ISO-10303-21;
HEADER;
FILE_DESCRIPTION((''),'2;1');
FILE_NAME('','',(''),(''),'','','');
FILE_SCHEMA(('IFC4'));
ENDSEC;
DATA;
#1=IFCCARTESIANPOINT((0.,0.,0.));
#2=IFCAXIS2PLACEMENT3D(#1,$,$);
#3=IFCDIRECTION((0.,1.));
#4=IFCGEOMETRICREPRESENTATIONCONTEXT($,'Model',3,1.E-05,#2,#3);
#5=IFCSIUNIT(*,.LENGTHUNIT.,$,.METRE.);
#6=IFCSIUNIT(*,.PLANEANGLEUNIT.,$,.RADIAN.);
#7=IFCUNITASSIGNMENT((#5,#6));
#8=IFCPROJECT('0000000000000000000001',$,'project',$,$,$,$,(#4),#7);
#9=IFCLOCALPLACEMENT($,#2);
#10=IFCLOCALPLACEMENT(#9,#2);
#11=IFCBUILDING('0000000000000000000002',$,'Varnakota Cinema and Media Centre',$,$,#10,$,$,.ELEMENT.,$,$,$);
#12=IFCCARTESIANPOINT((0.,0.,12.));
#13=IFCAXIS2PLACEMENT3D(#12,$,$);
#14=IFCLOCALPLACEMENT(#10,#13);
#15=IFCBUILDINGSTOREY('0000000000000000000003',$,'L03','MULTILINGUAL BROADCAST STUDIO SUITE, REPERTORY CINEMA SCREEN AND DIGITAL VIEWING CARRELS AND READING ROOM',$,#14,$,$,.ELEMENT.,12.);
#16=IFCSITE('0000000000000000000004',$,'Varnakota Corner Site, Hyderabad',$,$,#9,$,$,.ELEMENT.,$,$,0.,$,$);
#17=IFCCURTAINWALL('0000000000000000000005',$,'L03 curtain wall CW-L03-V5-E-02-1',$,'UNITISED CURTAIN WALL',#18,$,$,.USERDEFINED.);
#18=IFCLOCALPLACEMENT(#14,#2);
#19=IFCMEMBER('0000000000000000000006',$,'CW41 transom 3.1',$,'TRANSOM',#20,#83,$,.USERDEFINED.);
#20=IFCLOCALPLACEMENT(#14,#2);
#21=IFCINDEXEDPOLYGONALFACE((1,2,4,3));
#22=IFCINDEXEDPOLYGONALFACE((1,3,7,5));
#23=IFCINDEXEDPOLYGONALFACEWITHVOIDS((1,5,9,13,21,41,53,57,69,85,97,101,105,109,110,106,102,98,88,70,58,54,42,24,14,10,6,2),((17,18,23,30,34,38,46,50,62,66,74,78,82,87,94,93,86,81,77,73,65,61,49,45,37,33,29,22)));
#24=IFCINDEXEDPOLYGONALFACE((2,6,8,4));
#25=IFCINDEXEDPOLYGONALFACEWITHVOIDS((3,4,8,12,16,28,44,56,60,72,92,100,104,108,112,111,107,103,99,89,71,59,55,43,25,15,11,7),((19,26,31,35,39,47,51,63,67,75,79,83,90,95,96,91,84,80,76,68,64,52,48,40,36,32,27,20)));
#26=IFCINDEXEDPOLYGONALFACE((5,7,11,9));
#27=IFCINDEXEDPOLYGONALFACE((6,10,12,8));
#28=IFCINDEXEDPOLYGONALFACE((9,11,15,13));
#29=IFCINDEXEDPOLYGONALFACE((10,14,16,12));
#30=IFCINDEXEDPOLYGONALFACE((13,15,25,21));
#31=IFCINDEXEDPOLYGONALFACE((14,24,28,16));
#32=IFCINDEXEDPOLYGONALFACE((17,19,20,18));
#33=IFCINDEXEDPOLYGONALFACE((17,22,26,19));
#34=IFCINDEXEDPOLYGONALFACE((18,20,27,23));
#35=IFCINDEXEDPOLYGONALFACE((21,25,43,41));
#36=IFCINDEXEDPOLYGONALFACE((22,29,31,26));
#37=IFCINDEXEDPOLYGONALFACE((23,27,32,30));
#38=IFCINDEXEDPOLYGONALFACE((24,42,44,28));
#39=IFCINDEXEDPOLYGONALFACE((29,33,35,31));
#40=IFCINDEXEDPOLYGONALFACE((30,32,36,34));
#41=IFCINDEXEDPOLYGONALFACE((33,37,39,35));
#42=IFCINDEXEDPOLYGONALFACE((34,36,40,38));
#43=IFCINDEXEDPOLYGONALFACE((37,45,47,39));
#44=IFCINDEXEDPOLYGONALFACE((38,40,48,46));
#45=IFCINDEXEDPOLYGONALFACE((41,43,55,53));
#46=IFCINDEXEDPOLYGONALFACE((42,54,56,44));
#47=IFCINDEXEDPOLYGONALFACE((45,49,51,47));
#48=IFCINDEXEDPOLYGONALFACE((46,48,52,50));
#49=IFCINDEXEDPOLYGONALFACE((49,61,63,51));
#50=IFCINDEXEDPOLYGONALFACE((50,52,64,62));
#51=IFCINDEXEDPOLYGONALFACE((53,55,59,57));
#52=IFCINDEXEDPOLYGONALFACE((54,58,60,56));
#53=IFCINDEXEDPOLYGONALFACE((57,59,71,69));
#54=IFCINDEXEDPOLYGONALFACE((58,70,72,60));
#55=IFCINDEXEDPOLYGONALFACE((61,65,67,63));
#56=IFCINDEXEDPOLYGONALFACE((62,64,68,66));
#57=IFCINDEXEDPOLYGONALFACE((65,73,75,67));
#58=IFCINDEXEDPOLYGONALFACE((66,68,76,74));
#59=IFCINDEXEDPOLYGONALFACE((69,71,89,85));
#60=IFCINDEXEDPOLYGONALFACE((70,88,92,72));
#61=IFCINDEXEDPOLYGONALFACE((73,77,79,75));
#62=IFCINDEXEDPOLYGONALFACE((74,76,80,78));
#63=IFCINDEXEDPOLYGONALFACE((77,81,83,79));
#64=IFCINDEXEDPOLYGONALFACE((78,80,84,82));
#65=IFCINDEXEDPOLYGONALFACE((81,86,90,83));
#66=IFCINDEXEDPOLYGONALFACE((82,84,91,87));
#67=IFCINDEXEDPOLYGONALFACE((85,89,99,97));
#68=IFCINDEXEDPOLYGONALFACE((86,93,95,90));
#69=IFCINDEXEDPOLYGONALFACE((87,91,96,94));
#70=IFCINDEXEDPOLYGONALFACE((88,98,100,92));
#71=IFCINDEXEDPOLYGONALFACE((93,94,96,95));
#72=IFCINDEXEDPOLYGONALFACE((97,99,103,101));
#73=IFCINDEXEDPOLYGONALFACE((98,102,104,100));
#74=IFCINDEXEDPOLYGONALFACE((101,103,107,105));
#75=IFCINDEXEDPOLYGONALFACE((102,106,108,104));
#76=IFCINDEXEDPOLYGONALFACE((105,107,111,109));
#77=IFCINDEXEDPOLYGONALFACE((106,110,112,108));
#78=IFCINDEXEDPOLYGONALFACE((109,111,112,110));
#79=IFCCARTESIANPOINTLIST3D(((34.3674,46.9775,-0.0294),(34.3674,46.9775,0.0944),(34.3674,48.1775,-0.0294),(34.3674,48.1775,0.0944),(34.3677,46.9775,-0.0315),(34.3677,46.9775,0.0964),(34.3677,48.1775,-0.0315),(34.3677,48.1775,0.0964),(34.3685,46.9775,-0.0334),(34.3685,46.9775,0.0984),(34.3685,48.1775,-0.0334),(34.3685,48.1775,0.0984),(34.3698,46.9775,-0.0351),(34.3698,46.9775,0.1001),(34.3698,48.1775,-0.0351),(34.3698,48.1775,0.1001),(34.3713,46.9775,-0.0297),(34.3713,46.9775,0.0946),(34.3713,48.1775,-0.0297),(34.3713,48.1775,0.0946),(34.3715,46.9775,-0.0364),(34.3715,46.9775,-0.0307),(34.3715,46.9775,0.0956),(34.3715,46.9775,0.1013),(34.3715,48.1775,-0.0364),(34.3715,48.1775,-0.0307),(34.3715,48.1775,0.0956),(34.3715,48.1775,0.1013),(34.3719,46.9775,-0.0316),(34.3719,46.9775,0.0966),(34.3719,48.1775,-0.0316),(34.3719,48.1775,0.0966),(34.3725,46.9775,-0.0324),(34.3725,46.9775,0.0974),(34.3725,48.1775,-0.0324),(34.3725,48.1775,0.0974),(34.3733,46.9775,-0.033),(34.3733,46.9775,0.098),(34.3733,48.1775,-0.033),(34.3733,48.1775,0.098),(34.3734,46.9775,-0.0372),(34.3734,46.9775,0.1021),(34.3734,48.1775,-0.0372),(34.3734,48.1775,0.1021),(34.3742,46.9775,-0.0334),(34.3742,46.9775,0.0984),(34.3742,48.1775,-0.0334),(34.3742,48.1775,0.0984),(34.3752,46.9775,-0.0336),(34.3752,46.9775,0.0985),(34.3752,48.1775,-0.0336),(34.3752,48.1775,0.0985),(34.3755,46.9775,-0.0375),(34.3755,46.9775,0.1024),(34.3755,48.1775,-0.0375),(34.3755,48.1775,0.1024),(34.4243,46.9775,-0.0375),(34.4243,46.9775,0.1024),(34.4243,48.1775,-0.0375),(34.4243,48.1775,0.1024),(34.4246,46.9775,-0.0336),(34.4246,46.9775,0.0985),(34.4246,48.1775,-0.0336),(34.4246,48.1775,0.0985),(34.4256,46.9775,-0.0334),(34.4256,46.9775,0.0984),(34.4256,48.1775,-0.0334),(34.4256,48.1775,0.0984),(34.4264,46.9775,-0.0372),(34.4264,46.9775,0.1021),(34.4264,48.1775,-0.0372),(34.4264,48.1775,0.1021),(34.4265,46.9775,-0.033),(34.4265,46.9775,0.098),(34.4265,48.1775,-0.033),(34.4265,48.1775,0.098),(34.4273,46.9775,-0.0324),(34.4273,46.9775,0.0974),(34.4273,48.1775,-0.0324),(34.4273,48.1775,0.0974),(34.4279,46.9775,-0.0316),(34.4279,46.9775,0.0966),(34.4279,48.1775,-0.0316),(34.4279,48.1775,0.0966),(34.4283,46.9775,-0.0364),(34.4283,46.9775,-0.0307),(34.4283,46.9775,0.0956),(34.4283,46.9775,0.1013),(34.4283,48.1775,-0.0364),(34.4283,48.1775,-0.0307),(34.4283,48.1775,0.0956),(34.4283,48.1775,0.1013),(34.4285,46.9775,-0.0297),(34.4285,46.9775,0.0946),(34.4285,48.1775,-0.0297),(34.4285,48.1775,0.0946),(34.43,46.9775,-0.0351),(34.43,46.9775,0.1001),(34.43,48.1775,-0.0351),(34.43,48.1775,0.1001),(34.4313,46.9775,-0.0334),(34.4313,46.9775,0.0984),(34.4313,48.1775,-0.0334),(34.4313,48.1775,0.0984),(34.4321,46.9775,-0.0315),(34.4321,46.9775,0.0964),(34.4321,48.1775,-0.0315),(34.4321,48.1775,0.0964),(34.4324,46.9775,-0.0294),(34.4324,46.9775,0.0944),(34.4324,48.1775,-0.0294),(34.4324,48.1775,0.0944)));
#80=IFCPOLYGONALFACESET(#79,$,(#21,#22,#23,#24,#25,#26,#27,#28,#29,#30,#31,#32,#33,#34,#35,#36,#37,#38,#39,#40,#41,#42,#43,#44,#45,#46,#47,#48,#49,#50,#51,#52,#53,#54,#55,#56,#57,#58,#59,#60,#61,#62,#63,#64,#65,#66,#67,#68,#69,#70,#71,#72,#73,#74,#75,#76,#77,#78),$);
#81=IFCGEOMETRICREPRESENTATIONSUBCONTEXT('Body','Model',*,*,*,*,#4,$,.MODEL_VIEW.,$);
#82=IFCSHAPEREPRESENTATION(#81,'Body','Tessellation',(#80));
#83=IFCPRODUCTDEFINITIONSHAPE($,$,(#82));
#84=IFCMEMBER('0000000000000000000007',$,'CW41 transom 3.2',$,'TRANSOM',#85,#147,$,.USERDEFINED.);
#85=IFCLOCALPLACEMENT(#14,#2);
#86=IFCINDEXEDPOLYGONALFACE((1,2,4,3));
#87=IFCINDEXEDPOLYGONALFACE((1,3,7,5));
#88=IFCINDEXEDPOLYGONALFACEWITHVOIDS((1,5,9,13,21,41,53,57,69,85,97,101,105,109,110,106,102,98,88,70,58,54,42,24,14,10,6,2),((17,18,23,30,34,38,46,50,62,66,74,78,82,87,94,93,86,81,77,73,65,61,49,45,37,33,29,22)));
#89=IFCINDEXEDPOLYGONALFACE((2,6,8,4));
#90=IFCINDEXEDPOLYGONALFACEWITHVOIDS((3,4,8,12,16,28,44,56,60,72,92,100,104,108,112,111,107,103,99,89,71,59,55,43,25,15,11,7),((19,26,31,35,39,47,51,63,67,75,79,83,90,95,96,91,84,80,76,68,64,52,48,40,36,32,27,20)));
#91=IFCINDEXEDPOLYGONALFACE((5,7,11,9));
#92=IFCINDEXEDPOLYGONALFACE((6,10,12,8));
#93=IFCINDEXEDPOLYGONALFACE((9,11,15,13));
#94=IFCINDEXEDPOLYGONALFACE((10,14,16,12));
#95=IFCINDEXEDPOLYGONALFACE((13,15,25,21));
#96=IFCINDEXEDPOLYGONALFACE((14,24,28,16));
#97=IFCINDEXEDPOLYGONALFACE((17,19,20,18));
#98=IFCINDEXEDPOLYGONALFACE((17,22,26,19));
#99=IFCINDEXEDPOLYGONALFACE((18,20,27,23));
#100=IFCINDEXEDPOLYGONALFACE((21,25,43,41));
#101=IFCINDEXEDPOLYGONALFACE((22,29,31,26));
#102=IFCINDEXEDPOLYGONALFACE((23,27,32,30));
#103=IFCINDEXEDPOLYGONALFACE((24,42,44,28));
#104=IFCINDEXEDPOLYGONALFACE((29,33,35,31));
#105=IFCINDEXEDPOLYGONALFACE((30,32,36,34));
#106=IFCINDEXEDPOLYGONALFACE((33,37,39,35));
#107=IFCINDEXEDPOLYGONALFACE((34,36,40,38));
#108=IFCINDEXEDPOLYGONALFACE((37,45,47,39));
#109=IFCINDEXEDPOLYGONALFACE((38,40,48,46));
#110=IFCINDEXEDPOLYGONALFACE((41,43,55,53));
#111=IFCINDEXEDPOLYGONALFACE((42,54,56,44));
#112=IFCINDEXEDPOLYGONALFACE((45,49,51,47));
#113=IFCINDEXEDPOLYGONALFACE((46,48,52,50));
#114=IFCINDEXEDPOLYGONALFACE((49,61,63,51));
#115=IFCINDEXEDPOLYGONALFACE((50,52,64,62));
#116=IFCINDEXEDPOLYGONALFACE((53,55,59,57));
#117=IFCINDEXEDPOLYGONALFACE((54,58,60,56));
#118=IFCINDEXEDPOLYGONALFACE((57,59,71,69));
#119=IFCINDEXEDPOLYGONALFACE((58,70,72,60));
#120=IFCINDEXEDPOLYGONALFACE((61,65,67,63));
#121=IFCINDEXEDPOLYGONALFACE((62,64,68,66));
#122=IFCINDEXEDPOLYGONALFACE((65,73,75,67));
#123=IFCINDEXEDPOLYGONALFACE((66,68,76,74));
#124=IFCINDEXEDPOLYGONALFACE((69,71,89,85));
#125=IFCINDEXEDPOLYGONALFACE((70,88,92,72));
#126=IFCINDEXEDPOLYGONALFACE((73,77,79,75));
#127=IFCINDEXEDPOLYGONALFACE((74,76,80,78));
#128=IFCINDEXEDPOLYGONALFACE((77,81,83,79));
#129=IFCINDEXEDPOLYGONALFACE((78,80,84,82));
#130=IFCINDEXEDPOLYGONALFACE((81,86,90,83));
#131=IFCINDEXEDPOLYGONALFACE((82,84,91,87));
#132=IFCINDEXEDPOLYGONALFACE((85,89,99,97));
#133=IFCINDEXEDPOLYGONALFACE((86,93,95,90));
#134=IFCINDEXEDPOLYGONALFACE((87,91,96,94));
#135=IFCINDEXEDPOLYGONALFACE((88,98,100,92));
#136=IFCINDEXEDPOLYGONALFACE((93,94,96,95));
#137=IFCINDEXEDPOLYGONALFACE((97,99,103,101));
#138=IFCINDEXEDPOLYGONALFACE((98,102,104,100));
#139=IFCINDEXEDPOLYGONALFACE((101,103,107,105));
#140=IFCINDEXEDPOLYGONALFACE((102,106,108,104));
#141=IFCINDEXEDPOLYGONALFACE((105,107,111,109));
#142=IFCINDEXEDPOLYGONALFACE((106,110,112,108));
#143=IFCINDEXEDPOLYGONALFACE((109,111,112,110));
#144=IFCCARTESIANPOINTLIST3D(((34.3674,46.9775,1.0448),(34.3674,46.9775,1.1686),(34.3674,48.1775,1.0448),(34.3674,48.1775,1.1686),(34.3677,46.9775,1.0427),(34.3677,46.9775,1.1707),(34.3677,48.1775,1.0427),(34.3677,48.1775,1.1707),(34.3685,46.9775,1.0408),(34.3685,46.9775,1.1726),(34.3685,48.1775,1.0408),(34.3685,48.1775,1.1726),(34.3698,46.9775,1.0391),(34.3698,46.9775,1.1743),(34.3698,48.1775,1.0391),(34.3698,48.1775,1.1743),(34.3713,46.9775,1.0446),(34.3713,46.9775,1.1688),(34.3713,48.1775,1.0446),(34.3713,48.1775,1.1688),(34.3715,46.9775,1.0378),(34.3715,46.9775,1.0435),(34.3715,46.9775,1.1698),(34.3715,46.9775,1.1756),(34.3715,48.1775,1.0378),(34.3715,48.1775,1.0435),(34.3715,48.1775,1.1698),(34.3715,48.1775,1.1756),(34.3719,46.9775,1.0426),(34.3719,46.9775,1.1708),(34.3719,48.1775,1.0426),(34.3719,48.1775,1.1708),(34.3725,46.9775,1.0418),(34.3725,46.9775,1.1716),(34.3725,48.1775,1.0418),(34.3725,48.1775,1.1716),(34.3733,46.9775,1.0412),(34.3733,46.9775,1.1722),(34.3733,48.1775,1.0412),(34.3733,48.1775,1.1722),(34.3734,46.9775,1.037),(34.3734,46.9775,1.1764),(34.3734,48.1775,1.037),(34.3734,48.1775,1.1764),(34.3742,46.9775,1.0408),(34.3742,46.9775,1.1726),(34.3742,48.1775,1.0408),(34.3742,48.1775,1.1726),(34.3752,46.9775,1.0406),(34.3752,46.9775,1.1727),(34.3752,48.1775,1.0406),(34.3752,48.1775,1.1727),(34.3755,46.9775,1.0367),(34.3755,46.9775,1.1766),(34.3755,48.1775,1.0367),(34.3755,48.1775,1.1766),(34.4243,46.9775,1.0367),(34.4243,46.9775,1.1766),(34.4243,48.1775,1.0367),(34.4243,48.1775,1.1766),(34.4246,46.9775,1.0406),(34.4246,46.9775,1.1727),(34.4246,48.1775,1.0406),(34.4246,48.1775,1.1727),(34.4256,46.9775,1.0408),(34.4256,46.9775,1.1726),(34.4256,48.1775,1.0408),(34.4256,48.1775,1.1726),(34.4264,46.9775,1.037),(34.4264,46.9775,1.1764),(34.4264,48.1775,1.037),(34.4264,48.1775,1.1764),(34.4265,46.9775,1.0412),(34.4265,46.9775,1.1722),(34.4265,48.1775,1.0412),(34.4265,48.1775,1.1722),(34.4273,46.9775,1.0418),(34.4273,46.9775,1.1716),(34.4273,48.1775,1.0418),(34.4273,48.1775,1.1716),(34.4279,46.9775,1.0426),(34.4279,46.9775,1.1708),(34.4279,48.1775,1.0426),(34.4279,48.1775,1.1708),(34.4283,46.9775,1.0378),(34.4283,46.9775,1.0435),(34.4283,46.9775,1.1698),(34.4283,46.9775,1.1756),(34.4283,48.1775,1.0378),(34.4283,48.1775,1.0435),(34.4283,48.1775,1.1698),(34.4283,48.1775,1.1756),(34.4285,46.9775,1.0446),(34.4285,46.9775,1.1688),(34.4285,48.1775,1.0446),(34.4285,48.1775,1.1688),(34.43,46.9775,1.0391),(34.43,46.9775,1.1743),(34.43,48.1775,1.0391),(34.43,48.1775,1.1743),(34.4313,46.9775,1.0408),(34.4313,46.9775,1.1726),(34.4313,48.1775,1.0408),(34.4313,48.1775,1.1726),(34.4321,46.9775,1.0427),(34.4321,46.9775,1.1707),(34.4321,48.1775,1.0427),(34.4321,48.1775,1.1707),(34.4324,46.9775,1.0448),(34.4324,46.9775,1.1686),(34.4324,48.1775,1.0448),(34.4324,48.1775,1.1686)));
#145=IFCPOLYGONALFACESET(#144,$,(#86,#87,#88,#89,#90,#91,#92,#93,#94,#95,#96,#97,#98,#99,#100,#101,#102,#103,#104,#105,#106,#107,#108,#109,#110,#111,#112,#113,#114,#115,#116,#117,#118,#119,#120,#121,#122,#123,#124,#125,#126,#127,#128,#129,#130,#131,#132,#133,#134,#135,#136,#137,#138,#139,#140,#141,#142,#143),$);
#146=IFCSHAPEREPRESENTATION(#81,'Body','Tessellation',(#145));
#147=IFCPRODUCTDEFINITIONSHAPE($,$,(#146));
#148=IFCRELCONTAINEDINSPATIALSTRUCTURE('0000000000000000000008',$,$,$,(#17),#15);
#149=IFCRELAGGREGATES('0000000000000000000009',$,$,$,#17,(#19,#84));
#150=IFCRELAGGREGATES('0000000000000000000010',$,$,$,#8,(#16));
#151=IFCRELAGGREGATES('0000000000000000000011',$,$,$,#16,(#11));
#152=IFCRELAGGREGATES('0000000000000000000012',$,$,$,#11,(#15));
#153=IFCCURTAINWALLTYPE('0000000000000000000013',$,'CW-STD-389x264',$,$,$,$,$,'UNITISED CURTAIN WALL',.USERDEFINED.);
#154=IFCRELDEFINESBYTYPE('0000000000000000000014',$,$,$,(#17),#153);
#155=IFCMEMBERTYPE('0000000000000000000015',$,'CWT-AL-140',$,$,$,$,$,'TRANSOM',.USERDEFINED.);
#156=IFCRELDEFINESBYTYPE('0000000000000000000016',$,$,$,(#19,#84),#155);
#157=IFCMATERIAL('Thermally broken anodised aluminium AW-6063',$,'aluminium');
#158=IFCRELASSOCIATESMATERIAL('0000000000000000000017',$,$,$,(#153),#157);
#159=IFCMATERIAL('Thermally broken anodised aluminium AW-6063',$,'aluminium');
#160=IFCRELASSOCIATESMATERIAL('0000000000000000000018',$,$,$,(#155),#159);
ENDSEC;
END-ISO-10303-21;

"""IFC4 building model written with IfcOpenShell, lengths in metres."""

from ifc_helpers import new_model, si_unit, direction, frame, origin, origin_2d, place, context, subcontext, project, spatial, hollow_rectangle, extrude, material, material_profile, profile_set, type_object, element, aggregate, save


model = new_model("IFC4")

# Units and contexts
model_context = context("Model", 3, precision=1e-05, world=origin(), true_north=direction((0.0, 1.0)))
body_context = subcontext(model_context, "Body", "Model", "MODEL_VIEW")
ifc_project = project(units=[si_unit("LENGTHUNIT", "METRE"), si_unit("PLANEANGLEUNIT", "RADIAN")], contexts=[model_context])

# Site, building, storey
site_placement = place(None, origin())
site = spatial("IfcSite", under=ifc_project, at=site_placement, Name="Varnakota Corner Site, Hyderabad", CompositionType="ELEMENT", RefElevation=0.0)
building_placement = place(site_placement, origin())
building = spatial("IfcBuilding", under=site, at=building_placement, Name="Varnakota Cinema and Media Centre", CompositionType="ELEMENT")
storey_placement = place(building_placement, frame((0.0, 0.0, 12.0)))
storey = spatial("IfcBuildingStorey", under=building, at=storey_placement, Name="L03", Description="MULTILINGUAL BROADCAST STUDIO SUITE, REPERTORY CINEMA SCREEN AND DIGITAL VIEWING CARRELS AND READING ROOM", CompositionType="ELEMENT", Elevation=12.0)

# Curtain wall
ifc_material_1 = material(Name="Thermally broken anodised aluminium AW-6063", Category="aluminium")
curtain_wall_type = type_object("IfcCurtainWallType", Name="CW-STD-389x264", ElementType="UNITISED CURTAIN WALL", PredefinedType="USERDEFINED", material=ifc_material_1)
curtain_wall_1_placement = place(storey_placement, origin())
curtain_wall_1 = element("IfcCurtainWall", 1, at=curtain_wall_1_placement, inside=storey, type_object=curtain_wall_type, Name="L03 curtain wall CW-L03-V5-E-02-1", ObjectType="UNITISED CURTAIN WALL", PredefinedType="USERDEFINED")

# Members
ifc_material_2 = material(Name="Thermally broken anodised aluminium AW-6063", Category="aluminium")
ifc_material_profile_1 = material_profile(ifc_material_2, hollow_rectangle(XDim=0.0649, YDim=0.1399, WallThickness=0.0039, InnerFilletRadius=0.0039, OuterFilletRadius=0.0081, at=origin_2d()), Name="AL-TRANSOM 140x65x4")
ifc_profile_set_1 = profile_set([ifc_material_profile_1], Name="Thermally broken anodised aluminium AW-6063")
member_type_1 = type_object("IfcMemberType", Name="CWT-AL-140", ElementType="TRANSOM", PredefinedType="USERDEFINED", material=ifc_profile_set_1)
member_1_placement = place(storey_placement, frame((34.3999, 46.9775, 0.0325), z_axis=(0.0, 1.0, 0.0), x_axis=(-1.0, 0.0, 0.0)))
member_1 = element("IfcMember", 2, at=member_1_placement, type_object=member_type_1, Name="CW41 transom 3.1", ObjectType="TRANSOM", PredefinedType="USERDEFINED", context=body_context, shape_type="SweptSolid", body=[
    extrude(hollow_rectangle(XDim=0.0649, YDim=0.1399, WallThickness=0.0039, InnerFilletRadius=0.0039, OuterFilletRadius=0.0081, at=origin_2d()), origin(), (0.0, 0.0, 1.0), 1.2),
])
member_2_placement = place(storey_placement, frame((34.3999, 46.9775, 1.1067), z_axis=(0.0, 1.0, 0.0), x_axis=(-1.0, 0.0, 0.0)))
member_2 = element("IfcMember", 3, at=member_2_placement, type_object=member_type_1, Name="CW41 transom 3.2", ObjectType="TRANSOM", PredefinedType="USERDEFINED", context=body_context, shape_type="SweptSolid", body=[
    extrude(hollow_rectangle(XDim=0.0649, YDim=0.1399, WallThickness=0.0039, InnerFilletRadius=0.0039, OuterFilletRadius=0.0081, at=origin_2d()), origin(), (0.0, 0.0, 1.0), 1.2),
])

aggregate(curtain_wall_1, [member_1, member_2])

save(model, "model.ifc")
